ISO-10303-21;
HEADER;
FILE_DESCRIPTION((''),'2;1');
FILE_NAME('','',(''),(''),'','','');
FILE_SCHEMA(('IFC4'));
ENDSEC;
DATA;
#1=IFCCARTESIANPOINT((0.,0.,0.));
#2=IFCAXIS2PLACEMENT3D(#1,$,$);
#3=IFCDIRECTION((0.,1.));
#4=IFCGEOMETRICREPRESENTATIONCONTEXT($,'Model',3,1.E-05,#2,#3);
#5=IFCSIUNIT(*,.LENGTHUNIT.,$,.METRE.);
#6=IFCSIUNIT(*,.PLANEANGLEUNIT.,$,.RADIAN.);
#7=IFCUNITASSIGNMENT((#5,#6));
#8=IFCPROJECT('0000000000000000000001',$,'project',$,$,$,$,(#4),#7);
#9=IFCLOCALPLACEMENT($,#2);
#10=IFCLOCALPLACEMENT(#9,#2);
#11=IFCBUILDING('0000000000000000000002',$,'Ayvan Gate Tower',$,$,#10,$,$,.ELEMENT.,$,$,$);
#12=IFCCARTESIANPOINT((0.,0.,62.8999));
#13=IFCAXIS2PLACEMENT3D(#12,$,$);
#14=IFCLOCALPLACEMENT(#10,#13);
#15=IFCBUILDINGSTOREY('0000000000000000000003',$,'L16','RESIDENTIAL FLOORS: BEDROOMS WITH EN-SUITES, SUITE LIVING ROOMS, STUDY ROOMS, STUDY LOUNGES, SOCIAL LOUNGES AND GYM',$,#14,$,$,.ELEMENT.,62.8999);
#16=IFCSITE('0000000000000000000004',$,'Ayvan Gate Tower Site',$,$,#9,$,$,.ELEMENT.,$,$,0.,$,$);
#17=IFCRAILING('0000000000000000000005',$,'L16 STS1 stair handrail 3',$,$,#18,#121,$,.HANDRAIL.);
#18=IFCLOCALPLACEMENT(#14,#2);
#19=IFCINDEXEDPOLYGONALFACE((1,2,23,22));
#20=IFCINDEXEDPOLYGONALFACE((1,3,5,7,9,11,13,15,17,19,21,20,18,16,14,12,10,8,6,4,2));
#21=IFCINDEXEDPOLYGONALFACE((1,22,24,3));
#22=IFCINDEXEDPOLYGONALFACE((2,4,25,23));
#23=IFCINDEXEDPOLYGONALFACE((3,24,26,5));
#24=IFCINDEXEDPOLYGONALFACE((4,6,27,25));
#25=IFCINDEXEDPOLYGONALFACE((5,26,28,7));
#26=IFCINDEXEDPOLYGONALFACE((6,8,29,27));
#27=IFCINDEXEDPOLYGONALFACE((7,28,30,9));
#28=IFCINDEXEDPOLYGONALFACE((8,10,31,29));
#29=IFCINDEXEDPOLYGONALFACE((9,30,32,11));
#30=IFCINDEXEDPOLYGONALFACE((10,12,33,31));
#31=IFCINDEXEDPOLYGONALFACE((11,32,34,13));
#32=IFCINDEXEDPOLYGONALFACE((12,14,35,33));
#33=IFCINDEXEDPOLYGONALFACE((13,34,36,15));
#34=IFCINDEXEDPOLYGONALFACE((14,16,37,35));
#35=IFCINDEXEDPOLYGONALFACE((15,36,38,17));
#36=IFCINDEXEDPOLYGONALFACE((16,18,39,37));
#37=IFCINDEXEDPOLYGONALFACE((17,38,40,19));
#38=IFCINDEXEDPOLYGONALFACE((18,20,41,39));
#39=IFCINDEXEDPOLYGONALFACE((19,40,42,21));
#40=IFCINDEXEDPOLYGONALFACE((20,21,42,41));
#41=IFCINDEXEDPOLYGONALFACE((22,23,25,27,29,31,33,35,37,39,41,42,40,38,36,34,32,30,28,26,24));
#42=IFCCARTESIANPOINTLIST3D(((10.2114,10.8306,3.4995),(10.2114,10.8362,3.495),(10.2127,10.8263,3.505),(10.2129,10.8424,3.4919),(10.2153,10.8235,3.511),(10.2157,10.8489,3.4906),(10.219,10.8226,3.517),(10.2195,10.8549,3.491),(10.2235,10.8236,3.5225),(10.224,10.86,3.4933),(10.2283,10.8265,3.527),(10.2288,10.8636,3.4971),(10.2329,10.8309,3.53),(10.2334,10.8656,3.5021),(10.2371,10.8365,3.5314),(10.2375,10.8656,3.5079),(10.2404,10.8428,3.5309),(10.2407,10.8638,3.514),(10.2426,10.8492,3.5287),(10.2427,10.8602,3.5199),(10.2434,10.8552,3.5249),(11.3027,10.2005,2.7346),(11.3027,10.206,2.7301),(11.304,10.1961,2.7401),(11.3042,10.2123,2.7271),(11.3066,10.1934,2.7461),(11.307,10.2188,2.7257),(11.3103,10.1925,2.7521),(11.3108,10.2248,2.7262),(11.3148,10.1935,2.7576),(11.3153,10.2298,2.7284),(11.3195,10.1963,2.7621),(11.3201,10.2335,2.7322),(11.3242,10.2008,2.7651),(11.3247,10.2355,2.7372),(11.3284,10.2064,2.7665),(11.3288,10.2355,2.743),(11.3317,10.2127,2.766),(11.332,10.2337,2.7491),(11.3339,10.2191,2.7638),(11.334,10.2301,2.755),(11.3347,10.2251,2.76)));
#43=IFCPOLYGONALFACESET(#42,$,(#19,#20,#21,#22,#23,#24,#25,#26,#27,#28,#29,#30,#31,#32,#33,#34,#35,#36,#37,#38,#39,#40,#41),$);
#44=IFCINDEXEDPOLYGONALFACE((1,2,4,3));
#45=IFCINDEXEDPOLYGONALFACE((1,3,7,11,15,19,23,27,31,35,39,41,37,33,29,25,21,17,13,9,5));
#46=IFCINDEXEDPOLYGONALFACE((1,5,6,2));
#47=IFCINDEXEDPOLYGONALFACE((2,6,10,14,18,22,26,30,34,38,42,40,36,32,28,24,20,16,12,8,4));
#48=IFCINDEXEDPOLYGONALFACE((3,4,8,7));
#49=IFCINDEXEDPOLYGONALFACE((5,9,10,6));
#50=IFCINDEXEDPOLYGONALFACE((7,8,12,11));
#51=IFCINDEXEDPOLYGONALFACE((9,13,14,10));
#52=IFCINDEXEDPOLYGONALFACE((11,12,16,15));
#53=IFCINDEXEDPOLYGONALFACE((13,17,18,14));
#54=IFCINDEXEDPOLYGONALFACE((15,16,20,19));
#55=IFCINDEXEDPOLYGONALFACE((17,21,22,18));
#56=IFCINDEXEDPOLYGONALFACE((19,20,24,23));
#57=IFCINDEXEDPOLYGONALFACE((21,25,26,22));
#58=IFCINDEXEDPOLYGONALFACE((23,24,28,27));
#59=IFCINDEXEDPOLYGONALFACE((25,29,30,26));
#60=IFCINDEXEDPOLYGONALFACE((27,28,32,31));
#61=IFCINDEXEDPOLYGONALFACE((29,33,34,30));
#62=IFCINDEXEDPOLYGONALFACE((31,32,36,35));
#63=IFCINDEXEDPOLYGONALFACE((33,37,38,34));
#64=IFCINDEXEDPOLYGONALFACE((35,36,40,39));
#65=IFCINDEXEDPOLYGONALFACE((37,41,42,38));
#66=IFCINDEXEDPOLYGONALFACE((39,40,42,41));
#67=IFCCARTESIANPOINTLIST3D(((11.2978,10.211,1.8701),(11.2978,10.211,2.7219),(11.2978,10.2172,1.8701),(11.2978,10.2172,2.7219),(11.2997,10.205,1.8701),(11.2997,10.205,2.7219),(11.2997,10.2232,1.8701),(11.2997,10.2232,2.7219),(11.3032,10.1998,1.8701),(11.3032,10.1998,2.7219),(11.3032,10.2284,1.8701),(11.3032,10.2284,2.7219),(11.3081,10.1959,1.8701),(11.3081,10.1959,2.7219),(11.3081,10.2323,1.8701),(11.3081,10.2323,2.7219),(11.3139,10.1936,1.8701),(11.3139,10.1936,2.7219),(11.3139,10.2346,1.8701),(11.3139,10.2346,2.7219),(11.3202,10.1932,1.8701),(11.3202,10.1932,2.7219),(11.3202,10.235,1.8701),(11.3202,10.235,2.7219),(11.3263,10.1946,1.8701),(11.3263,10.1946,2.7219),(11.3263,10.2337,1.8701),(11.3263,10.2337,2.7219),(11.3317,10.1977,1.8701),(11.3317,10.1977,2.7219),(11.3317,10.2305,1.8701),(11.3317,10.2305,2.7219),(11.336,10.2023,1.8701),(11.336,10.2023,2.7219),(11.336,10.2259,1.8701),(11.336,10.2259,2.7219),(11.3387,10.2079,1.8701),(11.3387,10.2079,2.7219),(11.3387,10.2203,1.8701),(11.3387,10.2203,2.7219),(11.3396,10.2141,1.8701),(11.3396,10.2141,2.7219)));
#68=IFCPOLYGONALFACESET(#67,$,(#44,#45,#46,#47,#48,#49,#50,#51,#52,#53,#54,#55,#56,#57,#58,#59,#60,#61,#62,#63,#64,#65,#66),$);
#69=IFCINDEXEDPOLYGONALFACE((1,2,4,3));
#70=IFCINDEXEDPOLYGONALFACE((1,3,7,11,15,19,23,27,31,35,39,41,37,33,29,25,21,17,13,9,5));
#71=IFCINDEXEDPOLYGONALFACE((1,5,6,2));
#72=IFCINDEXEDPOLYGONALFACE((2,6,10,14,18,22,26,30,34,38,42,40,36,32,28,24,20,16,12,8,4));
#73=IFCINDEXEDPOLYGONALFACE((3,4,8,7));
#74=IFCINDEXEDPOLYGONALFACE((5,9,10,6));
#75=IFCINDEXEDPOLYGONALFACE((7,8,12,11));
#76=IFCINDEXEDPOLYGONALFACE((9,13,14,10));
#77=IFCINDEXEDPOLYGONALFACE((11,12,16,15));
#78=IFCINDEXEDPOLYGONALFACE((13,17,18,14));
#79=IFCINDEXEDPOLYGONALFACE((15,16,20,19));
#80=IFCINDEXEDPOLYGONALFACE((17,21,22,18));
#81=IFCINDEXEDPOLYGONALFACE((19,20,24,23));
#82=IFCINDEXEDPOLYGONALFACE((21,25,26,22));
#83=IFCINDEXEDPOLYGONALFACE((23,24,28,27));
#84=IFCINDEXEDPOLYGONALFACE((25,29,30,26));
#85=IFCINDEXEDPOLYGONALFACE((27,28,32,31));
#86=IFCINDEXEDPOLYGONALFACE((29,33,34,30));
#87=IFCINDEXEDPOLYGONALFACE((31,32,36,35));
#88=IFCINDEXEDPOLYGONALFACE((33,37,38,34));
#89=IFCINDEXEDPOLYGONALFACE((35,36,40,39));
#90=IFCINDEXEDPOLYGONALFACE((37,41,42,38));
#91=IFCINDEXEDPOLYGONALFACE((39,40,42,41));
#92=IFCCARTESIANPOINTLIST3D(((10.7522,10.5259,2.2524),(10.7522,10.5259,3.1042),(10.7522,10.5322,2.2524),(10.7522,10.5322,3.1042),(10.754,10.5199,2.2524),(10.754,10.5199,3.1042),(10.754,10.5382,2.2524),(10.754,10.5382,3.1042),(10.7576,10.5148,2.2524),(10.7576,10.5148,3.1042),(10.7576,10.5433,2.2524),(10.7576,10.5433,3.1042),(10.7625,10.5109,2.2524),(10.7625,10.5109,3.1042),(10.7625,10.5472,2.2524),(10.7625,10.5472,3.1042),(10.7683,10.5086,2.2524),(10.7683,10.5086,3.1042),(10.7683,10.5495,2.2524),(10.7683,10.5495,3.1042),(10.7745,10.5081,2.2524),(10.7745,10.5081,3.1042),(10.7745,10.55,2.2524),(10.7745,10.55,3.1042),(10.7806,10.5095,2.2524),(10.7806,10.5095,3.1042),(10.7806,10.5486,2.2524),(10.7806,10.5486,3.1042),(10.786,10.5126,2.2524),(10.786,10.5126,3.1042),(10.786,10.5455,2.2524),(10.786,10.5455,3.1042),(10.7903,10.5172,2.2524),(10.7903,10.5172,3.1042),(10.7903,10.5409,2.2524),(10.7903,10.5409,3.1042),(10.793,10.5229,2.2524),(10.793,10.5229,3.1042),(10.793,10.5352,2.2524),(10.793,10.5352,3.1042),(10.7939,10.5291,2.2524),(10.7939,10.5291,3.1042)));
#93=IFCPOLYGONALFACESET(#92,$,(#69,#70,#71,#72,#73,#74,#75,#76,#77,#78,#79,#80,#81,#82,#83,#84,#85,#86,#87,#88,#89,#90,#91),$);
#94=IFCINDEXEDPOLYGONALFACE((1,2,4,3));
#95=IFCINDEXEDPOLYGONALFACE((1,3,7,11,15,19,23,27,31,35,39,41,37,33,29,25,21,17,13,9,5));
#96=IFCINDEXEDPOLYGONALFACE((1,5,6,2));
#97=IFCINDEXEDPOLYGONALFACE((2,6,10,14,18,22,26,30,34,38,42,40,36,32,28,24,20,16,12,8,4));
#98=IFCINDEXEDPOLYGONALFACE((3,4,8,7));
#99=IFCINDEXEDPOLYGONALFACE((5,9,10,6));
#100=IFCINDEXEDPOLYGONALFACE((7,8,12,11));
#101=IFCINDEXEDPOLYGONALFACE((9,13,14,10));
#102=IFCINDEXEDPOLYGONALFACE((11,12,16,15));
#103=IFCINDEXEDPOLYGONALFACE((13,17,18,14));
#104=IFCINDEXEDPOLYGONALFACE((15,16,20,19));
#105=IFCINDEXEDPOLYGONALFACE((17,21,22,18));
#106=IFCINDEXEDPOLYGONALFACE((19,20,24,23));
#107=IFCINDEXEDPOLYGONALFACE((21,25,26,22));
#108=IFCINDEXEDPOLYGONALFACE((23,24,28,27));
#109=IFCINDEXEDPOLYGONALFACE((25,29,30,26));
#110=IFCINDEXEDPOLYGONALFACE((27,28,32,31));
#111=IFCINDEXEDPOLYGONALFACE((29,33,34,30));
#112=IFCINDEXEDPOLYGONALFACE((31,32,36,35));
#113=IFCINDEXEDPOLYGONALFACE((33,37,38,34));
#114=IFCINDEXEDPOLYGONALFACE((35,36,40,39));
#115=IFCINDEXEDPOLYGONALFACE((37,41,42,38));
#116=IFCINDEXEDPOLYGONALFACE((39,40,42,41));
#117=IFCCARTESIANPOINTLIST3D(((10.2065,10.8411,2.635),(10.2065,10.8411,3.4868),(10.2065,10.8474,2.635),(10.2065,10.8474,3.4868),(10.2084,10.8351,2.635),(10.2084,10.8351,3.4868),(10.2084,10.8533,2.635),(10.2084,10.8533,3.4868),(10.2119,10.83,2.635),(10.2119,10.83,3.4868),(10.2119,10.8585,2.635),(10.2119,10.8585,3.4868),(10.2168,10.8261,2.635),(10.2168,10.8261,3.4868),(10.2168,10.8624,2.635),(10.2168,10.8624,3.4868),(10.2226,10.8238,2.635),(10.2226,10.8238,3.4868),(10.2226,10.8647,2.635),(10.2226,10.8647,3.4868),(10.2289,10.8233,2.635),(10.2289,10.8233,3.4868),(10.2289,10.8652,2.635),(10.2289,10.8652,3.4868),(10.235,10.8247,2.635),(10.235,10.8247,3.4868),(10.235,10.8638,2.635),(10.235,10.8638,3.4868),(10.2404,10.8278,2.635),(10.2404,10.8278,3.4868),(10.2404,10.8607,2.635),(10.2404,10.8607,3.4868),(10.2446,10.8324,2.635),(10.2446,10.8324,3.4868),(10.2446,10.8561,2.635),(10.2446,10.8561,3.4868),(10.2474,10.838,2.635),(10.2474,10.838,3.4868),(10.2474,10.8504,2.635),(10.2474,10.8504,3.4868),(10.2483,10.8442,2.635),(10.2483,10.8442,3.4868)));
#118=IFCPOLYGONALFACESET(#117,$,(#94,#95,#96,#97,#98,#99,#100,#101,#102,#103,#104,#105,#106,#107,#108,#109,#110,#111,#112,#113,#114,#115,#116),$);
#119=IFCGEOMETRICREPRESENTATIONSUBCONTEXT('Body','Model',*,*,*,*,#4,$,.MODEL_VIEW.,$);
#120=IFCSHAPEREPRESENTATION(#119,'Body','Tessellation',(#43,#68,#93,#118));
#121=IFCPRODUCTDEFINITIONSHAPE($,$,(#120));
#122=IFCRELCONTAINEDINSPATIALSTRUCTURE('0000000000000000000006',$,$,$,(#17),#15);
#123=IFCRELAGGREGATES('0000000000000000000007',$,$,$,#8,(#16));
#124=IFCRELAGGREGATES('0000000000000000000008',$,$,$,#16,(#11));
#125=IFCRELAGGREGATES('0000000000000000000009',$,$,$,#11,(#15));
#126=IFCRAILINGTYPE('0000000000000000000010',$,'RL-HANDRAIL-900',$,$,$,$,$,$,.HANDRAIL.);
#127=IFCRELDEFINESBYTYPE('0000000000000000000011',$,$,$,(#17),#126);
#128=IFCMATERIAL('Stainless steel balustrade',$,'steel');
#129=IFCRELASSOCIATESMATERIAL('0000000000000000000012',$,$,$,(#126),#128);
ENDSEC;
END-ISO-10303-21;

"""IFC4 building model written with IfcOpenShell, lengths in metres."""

from ifc_helpers import new_model, si_unit, direction, frame, origin, origin_2d, place, context, subcontext, project, spatial, circle, extrude, material, type_object, element, save


model = new_model("IFC4")

# Units and contexts
model_context = context("Model", 3, precision=1e-05, world=origin(), true_north=direction((0.0, 1.0)))
body_context = subcontext(model_context, "Body", "Model", "MODEL_VIEW")
ifc_project = project(units=[si_unit("LENGTHUNIT", "METRE"), si_unit("PLANEANGLEUNIT", "RADIAN")], contexts=[model_context])

# Site, building, storey
site_placement = place(None, origin())
site = spatial("IfcSite", under=ifc_project, at=site_placement, Name="Ayvan Gate Tower Site", CompositionType="ELEMENT", RefElevation=0.0)
building_placement = place(site_placement, origin())
building = spatial("IfcBuilding", under=site, at=building_placement, Name="Ayvan Gate Tower", CompositionType="ELEMENT")
storey_placement = place(building_placement, frame((0.0, 0.0, 62.8999)))
storey = spatial("IfcBuildingStorey", under=building, at=storey_placement, Name="L16", Description="RESIDENTIAL FLOORS: BEDROOMS WITH EN-SUITES, SUITE LIVING ROOMS, STUDY ROOMS, STUDY LOUNGES, SOCIAL LOUNGES AND GYM", CompositionType="ELEMENT", Elevation=62.8999)

# Railing
ifc_material_1 = material(Name="Stainless steel balustrade", Category="steel")
railing_type_1 = type_object("IfcRailingType", Name="RL-HANDRAIL-900", PredefinedType="HANDRAIL", material=ifc_material_1)
railing_1_placement = place(storey_placement, frame((11.3186, 10.2141, 1.8701)))
element("IfcRailing", 1, at=railing_1_placement, inside=storey, type_object=railing_type_1, Name="L16 STS1 stair handrail 3", PredefinedType="HANDRAIL", context=body_context, shape_type="SweptSolid", body=[
    extrude(circle(Radius=0.0239, at=origin_2d()), frame((0.0, 0.0, 0.876), z_axis=(-0.740304, 0.427455, 0.518875), x_axis=(-0.500035, -0.866005, 0.0)), (0.0, 0.0, 1.0), 1.4741),
    extrude(circle(Radius=0.021, at=origin_2d()), origin(), (0.0, 0.0, 1.0), 0.8518),
    extrude(circle(Radius=0.021, at=origin_2d()), frame((-0.5457, 0.3149, 0.3823)), (0.0, 0.0, 1.0), 0.8518),
    extrude(circle(Radius=0.021, at=origin_2d()), frame((-1.0913, 0.6301, 0.7649)), (0.0, 0.0, 1.0), 0.8518),
])

save(model, "model.ifc")
